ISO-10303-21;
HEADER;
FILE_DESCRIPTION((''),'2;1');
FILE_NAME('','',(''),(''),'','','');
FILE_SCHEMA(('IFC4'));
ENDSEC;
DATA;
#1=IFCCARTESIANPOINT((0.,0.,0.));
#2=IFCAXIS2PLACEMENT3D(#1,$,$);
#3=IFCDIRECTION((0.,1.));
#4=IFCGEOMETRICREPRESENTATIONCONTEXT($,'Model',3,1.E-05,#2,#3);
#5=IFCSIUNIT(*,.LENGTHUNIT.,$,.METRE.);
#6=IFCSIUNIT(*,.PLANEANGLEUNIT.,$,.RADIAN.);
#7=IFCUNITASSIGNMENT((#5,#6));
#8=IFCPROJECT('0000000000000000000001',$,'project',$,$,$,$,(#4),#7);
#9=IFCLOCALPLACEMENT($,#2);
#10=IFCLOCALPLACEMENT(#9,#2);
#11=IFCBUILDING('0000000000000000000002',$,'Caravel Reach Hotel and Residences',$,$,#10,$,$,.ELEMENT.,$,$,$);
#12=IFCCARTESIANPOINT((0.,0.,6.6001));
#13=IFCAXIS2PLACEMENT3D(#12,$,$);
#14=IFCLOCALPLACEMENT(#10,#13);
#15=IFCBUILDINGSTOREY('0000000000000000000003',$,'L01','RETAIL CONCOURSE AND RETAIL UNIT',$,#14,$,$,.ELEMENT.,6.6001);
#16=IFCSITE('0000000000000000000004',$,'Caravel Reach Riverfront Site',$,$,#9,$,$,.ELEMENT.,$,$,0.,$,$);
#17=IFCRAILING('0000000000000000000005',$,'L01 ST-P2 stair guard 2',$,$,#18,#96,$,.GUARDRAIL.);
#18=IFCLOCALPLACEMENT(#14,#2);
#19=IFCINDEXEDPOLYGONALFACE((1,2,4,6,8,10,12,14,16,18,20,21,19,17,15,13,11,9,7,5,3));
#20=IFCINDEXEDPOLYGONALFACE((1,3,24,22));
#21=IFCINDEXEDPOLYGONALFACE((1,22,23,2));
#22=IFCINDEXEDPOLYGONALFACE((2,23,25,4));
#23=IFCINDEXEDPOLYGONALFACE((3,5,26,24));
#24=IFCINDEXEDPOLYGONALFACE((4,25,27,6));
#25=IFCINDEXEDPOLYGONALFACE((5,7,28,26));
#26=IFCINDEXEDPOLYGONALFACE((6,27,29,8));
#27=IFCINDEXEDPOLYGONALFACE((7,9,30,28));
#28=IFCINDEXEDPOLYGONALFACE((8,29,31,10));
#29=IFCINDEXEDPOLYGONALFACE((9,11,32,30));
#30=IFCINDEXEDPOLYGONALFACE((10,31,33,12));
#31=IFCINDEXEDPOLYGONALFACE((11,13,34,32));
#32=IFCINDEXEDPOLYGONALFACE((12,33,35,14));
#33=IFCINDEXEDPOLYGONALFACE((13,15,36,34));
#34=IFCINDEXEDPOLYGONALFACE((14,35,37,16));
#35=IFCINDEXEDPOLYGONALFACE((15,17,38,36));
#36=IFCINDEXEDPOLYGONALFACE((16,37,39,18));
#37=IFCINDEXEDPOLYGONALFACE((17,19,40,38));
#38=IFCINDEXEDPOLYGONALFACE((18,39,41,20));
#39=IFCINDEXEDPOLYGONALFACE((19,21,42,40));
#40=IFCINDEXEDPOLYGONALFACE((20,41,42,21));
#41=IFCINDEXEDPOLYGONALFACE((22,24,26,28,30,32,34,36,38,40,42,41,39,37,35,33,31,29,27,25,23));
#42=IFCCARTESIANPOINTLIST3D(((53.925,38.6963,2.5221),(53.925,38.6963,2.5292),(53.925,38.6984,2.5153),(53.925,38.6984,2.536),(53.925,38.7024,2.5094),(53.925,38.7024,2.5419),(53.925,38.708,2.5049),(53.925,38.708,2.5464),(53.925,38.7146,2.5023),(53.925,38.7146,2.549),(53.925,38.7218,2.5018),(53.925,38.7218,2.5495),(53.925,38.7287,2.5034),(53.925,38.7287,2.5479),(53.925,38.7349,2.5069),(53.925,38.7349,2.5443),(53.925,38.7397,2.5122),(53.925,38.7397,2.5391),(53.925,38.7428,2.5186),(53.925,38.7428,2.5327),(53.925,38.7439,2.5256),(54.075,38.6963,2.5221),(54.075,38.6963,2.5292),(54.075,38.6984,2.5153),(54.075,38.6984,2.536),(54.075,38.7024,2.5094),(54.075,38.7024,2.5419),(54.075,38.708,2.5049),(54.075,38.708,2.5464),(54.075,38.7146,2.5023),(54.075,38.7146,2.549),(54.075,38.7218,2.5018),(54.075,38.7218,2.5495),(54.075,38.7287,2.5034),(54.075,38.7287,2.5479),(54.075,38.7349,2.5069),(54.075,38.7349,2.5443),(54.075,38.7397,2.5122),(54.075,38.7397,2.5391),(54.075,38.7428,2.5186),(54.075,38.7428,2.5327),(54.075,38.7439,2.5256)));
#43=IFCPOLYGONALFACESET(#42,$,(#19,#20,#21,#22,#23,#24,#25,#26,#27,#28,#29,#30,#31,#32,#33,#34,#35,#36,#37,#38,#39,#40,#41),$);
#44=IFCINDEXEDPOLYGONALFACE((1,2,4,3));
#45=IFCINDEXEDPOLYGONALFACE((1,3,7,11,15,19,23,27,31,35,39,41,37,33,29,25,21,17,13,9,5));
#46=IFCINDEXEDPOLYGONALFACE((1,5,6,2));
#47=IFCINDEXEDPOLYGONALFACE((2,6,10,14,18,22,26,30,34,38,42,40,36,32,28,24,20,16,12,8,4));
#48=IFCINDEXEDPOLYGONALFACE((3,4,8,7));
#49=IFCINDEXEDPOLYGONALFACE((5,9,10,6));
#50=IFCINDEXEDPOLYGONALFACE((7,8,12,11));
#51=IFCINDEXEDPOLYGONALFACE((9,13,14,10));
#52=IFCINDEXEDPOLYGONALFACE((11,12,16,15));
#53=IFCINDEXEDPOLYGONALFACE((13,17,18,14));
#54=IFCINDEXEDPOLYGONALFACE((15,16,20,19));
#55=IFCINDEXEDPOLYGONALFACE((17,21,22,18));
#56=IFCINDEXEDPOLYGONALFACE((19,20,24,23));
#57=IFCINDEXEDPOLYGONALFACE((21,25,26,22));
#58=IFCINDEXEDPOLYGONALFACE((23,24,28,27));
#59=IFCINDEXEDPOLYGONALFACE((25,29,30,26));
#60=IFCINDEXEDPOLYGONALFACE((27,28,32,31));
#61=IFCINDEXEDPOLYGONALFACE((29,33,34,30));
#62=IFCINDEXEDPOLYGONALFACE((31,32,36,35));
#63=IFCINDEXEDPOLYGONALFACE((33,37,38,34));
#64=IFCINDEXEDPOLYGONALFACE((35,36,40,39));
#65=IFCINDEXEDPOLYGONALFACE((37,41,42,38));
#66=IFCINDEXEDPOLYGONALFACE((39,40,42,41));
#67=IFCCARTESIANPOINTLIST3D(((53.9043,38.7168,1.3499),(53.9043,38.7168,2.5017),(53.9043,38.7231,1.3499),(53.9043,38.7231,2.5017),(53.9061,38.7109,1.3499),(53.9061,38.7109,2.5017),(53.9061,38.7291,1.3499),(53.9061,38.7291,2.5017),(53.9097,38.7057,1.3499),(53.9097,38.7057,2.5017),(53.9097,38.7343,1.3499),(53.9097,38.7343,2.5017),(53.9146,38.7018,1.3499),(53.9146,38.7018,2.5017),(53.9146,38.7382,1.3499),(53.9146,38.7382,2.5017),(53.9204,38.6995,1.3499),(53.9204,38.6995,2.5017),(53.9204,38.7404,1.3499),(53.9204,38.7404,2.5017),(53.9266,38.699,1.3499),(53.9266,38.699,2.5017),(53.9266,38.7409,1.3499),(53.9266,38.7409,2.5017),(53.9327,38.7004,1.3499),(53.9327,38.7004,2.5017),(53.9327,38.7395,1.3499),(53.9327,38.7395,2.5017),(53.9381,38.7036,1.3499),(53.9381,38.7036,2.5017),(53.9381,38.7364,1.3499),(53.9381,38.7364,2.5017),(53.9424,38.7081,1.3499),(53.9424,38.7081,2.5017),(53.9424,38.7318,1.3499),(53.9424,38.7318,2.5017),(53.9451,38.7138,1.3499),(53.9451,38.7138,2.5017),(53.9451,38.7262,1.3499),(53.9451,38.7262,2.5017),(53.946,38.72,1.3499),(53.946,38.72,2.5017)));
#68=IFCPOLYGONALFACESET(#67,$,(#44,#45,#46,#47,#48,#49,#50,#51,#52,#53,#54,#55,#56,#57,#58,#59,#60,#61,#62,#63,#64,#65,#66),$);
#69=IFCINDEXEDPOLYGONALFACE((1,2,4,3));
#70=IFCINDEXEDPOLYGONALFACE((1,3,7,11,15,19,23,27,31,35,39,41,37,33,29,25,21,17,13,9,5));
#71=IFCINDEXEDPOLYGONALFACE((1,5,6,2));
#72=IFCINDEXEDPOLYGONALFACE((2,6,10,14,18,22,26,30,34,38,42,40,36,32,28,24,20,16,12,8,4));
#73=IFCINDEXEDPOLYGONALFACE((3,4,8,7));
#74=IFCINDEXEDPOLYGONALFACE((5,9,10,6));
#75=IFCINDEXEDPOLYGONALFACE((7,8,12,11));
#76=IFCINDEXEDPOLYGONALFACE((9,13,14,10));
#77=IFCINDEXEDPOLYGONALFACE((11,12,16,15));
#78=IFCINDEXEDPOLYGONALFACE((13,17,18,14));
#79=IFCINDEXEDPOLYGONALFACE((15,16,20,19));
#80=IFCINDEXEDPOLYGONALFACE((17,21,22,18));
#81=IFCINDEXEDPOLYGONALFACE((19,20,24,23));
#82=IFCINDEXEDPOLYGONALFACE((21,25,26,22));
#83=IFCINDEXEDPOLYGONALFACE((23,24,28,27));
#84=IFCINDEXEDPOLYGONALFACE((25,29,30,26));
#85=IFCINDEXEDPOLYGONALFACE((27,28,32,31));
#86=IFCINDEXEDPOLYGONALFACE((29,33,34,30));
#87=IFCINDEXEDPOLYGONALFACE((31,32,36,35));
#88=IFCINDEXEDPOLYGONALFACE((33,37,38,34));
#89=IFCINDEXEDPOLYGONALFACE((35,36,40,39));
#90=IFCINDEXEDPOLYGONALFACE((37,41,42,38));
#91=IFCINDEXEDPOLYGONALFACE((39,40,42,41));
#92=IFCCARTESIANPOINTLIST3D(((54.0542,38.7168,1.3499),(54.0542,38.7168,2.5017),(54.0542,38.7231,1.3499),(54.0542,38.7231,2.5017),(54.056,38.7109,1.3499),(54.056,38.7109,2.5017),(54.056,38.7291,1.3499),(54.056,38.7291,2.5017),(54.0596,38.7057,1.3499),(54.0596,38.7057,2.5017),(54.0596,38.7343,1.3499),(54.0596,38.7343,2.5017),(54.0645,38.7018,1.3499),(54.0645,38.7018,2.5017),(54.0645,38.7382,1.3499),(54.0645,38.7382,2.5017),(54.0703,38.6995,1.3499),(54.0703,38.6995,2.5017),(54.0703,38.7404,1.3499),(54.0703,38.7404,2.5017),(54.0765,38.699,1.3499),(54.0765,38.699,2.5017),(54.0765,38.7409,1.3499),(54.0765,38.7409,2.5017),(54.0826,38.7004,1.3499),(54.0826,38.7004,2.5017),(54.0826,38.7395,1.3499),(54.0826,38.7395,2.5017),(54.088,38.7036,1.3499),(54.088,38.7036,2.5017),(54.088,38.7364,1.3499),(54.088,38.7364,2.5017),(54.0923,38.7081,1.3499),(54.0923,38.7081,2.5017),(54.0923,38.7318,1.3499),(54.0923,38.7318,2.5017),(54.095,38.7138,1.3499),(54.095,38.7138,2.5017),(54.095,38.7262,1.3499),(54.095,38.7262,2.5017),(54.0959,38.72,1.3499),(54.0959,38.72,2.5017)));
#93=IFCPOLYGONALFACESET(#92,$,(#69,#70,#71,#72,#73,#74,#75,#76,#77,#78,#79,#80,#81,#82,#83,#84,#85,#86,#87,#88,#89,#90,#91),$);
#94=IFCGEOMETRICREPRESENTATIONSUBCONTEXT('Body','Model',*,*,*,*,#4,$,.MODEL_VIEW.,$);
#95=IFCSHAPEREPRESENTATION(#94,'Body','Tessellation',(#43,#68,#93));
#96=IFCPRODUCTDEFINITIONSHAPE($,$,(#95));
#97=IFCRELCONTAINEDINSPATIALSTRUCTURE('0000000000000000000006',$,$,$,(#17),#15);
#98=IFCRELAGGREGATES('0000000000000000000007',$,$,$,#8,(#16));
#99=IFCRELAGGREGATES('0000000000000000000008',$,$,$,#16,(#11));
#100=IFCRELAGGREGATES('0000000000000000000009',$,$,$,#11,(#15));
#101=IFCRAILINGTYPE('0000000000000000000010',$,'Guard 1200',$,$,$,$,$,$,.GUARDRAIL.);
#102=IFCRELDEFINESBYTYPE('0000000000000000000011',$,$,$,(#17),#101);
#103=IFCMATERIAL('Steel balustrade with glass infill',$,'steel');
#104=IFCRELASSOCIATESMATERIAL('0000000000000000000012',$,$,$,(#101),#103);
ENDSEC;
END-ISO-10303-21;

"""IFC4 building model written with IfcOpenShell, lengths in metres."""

from ifc_helpers import new_model, si_unit, direction, frame, origin, origin_2d, place, context, subcontext, project, spatial, circle, extrude, material, type_object, element, save


model = new_model("IFC4")

# Units and contexts
model_context = context("Model", 3, precision=1e-05, world=origin(), true_north=direction((0.0, 1.0)))
body_context = subcontext(model_context, "Body", "Model", "MODEL_VIEW")
ifc_project = project(units=[si_unit("LENGTHUNIT", "METRE"), si_unit("PLANEANGLEUNIT", "RADIAN")], contexts=[model_context])

# Site, building, storey
site_placement = place(None, origin())
site = spatial("IfcSite", under=ifc_project, at=site_placement, Name="Caravel Reach Riverfront Site", CompositionType="ELEMENT", RefElevation=0.0)
building_placement = place(site_placement, origin())
building = spatial("IfcBuilding", under=site, at=building_placement, Name="Caravel Reach Hotel and Residences", CompositionType="ELEMENT")
storey_placement = place(building_placement, frame((0.0, 0.0, 6.6001)))
storey = spatial("IfcBuildingStorey", under=building, at=storey_placement, Name="L01", Description="RETAIL CONCOURSE AND RETAIL UNIT", CompositionType="ELEMENT", Elevation=6.6001)

# Railing
ifc_material_1 = material(Name="Steel balustrade with glass infill", Category="steel")
railing_type_1 = type_object("IfcRailingType", Name="Guard 1200", PredefinedType="GUARDRAIL", material=ifc_material_1)
railing_1_placement = place(storey_placement, frame((53.925, 38.72, 1.3499)))
element("IfcRailing", 1, at=railing_1_placement, inside=storey, type_object=railing_type_1, Name="L01 ST-P2 stair guard 2", PredefinedType="GUARDRAIL", context=body_context, shape_type="SweptSolid", body=[
    extrude(circle(Radius=0.0239, at=origin_2d()), frame((0.0, 0.0, 1.1758), z_axis=(1.0, 0.0, 0.0), x_axis=(0.0, 1.0, 0.0)), (0.0, 0.0, 1.0), 0.1499),
    extrude(circle(Radius=0.021, at=origin_2d()), origin(), (0.0, 0.0, 1.0), 1.1519),
    extrude(circle(Radius=0.021, at=origin_2d()), frame((0.1499, 0.0, 0.0)), (0.0, 0.0, 1.0), 1.1519),
])

save(model, "model.ifc")
